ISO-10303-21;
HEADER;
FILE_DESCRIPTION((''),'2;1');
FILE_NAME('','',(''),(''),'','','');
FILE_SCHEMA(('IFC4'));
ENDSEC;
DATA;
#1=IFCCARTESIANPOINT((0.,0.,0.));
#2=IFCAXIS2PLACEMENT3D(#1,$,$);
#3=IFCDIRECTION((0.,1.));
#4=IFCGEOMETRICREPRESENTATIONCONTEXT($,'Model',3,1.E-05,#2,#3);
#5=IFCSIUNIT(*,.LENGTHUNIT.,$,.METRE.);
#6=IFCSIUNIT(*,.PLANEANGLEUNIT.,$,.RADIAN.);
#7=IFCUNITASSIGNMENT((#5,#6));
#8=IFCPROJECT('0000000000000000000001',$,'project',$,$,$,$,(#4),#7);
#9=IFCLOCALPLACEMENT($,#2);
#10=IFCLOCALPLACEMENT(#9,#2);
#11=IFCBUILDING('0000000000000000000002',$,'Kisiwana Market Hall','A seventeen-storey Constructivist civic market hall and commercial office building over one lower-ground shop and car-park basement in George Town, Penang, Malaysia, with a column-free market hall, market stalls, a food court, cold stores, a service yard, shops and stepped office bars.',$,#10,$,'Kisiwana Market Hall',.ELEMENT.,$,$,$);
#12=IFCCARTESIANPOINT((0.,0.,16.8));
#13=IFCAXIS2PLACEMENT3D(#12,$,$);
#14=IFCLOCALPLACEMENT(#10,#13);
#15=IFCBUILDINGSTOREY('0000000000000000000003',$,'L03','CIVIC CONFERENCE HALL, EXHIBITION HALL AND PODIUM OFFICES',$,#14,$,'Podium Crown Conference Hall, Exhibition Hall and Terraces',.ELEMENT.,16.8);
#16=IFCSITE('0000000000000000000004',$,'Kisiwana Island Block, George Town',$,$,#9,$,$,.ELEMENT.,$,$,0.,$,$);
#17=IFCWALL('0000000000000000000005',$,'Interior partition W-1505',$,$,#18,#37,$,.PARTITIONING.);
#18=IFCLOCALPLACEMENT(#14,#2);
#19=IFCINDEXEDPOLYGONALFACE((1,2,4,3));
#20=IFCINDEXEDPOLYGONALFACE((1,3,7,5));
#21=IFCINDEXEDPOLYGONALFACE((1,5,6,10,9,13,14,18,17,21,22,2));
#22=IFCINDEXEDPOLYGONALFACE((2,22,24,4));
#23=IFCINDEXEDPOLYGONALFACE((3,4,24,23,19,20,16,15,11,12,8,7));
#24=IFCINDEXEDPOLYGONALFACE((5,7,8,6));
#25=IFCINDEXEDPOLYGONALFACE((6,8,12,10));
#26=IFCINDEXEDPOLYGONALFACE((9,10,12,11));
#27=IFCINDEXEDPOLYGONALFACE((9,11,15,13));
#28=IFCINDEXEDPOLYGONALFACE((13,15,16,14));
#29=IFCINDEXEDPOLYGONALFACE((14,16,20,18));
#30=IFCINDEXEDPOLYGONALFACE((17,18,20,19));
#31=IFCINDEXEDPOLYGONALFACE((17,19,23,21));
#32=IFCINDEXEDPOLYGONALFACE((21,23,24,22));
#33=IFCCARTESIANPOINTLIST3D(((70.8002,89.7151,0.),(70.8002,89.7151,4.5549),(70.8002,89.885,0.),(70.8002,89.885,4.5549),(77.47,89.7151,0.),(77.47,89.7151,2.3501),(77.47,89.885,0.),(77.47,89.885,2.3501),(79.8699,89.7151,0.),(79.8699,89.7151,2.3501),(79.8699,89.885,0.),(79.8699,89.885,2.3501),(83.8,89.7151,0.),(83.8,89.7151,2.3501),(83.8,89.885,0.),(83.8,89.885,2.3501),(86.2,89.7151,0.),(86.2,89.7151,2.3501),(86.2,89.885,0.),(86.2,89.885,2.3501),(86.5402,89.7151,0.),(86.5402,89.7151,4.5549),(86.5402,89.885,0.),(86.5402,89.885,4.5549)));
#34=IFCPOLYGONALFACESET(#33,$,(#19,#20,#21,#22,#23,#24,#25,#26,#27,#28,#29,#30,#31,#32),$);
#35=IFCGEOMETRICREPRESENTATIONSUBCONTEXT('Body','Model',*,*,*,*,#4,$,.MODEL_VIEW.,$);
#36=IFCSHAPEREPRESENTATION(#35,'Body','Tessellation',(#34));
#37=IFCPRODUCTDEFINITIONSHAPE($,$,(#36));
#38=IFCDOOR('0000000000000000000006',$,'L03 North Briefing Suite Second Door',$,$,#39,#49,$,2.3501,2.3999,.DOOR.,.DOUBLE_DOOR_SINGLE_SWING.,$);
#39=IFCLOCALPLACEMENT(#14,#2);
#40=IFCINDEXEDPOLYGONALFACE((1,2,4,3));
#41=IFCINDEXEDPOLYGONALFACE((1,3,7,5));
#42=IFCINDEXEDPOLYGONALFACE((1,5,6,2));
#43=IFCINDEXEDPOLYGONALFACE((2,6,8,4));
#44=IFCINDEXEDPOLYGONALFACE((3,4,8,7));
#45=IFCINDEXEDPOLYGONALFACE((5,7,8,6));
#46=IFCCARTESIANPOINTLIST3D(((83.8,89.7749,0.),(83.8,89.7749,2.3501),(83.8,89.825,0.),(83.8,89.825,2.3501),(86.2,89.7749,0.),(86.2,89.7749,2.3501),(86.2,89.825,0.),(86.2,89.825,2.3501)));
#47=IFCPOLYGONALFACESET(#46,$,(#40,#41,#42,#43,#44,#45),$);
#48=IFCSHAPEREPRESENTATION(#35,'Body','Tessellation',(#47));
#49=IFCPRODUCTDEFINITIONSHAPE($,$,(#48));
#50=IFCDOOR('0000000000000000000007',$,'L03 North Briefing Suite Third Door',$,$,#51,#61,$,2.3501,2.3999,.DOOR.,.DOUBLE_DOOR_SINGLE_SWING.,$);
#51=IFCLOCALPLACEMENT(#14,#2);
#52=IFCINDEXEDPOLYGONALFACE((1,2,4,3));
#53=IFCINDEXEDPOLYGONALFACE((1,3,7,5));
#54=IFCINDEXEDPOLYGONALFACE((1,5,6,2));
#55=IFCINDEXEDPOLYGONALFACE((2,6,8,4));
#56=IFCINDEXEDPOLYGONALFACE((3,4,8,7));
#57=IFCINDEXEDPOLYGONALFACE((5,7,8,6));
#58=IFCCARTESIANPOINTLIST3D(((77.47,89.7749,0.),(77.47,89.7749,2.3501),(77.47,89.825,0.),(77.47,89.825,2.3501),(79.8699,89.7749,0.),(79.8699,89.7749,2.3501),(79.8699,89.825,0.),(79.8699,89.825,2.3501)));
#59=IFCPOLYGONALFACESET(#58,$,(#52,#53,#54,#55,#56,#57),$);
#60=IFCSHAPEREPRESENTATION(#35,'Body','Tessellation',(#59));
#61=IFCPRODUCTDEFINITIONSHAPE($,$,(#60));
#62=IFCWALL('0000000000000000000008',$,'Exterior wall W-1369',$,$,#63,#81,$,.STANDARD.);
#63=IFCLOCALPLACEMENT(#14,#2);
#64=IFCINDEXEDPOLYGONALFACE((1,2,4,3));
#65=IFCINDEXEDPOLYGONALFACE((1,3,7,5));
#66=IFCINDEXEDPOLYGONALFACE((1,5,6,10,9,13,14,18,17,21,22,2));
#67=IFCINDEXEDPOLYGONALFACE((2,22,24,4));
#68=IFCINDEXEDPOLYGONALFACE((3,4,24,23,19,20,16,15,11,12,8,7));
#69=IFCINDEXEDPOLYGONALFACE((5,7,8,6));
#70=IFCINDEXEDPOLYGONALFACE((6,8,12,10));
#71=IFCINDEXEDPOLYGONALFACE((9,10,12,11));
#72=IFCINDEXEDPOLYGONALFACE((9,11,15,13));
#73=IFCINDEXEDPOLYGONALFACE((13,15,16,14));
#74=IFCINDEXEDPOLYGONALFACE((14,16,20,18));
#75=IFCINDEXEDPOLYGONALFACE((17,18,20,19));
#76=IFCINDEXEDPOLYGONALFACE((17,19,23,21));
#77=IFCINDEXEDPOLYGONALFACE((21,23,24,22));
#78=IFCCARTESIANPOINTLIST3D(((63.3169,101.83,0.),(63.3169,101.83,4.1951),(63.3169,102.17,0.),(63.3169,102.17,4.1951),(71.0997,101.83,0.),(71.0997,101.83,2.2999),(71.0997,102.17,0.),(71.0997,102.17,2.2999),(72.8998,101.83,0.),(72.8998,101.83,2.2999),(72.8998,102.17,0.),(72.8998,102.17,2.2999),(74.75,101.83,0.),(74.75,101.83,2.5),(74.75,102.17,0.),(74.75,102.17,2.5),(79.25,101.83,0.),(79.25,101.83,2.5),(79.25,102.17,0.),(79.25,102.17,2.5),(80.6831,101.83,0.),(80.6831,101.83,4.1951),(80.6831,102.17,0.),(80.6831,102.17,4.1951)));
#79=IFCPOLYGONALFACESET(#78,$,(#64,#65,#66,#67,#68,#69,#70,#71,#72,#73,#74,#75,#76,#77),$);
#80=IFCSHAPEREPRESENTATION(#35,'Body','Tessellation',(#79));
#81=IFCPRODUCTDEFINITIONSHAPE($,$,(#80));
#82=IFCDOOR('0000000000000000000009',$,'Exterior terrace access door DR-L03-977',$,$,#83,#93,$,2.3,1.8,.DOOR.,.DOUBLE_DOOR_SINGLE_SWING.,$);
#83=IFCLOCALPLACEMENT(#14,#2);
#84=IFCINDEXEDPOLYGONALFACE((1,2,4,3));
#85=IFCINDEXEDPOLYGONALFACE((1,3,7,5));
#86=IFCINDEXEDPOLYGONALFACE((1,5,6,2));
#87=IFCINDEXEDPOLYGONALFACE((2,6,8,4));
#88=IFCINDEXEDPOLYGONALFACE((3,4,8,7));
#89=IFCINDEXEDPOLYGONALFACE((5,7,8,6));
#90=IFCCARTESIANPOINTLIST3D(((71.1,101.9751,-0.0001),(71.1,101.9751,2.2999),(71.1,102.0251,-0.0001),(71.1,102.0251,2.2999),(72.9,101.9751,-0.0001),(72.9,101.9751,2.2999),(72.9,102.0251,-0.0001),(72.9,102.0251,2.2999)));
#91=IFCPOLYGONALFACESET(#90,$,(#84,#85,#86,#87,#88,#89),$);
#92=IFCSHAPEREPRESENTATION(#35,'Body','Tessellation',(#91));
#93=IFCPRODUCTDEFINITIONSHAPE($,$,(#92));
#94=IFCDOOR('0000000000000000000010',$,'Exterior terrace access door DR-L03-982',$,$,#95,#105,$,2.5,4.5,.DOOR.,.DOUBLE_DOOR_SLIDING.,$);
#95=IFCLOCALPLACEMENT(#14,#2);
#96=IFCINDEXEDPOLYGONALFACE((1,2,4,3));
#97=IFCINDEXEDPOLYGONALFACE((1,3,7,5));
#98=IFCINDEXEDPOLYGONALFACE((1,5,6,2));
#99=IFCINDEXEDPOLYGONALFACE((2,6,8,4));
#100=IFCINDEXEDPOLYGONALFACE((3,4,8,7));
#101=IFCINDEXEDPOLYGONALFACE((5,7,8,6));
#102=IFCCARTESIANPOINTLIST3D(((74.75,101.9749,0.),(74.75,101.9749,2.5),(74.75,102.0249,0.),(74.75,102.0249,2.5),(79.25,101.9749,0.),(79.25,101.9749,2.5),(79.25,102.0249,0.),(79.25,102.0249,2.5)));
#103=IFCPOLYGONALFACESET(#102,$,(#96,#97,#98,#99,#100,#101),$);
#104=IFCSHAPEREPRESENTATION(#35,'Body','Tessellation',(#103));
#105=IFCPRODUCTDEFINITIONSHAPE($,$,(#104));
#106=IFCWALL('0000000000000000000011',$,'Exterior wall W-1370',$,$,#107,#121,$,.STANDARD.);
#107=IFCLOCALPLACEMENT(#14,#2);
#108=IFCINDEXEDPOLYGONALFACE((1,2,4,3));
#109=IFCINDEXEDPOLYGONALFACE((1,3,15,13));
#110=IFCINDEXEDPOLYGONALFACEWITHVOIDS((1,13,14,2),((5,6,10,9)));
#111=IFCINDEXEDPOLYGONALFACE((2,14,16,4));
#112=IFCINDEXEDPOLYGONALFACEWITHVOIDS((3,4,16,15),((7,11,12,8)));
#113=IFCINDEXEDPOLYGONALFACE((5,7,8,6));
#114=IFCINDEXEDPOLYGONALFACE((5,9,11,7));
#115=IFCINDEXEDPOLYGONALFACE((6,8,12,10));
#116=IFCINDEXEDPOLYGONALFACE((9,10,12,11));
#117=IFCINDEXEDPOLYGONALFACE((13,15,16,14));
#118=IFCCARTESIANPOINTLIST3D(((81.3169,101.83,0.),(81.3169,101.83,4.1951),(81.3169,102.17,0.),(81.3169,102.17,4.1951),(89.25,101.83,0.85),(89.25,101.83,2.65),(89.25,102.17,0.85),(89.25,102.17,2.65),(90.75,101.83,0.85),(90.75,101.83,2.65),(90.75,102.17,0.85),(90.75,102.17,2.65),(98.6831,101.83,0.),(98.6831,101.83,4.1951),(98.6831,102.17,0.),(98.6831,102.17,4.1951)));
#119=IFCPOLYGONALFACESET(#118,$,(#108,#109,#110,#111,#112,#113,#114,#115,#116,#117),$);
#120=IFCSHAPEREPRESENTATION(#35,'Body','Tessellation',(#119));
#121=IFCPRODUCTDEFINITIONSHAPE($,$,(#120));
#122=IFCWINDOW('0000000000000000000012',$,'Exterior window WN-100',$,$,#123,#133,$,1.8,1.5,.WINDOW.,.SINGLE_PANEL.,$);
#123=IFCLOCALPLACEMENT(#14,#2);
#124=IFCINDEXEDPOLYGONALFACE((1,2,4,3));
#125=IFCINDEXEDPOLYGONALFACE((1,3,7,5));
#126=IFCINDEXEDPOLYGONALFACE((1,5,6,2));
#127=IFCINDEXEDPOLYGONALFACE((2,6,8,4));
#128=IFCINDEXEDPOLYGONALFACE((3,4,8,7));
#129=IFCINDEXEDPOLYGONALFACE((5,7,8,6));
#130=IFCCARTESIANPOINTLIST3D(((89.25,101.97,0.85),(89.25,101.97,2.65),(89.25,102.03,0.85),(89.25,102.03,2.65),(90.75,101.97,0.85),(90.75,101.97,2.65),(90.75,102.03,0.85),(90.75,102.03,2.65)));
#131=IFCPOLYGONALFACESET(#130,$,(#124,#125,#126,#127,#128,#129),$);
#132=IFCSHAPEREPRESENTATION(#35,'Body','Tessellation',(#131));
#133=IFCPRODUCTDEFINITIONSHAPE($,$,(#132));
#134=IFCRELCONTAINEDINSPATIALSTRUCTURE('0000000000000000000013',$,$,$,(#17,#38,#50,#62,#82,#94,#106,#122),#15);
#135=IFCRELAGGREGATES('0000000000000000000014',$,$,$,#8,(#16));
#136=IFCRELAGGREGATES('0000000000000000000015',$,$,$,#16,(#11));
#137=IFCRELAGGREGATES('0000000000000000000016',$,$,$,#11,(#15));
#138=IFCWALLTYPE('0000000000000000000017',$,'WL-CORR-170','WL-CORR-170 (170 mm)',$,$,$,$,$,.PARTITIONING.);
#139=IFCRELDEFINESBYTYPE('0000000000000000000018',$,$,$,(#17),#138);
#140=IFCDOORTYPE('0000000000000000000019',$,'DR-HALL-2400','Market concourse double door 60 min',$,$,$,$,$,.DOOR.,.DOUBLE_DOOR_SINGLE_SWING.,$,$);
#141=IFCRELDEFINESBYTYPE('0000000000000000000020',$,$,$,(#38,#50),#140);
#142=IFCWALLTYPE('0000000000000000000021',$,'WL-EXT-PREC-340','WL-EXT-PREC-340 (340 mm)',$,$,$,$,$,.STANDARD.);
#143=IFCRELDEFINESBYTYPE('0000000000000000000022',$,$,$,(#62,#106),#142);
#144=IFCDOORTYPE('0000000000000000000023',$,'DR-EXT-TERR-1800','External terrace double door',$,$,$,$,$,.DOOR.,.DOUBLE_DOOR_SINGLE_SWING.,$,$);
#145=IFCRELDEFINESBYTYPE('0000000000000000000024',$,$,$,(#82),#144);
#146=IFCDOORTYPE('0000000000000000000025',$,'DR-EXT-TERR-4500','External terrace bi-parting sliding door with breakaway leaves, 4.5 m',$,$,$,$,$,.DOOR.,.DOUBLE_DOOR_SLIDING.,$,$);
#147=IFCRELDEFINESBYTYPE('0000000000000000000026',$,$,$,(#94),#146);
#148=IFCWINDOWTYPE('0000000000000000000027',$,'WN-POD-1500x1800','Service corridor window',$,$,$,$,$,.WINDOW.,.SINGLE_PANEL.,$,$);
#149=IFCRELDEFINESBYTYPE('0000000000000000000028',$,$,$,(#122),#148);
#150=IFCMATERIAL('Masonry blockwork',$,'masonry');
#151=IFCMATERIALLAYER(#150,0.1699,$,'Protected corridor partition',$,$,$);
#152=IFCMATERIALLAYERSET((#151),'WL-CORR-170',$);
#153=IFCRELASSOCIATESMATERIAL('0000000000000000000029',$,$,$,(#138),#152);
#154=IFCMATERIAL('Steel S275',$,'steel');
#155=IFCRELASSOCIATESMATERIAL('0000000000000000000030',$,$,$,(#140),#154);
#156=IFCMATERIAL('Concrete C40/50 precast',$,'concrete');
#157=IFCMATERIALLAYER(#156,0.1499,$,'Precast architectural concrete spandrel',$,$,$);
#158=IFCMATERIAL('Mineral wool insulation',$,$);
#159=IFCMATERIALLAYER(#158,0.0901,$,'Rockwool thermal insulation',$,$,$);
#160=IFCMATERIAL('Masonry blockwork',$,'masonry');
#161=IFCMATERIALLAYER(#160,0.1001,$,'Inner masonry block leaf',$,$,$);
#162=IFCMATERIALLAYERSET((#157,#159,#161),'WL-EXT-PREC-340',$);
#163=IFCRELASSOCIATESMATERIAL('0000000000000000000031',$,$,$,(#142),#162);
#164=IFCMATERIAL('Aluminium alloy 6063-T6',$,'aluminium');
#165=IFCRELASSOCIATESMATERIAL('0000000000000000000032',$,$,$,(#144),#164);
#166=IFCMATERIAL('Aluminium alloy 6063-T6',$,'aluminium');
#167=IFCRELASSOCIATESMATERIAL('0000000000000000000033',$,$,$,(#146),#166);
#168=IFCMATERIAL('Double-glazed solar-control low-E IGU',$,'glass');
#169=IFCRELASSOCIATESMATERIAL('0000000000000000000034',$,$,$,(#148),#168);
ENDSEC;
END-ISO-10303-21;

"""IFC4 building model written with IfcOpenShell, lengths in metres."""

from ifc_helpers import new_model, si_unit, direction, frame, frame_2d, origin, place, context, subcontext, project, spatial, rectangle, extrude, material, layer, layer_set, type_object, element, fill, save


model = new_model("IFC4")

# Units and contexts
model_context = context("Model", 3, precision=1e-05, world=origin(), true_north=direction((0.0, 1.0)))
body_context = subcontext(model_context, "Body", "Model", "MODEL_VIEW")
ifc_project = project(units=[si_unit("LENGTHUNIT", "METRE"), si_unit("PLANEANGLEUNIT", "RADIAN")], contexts=[model_context])

# Site, building, storey
site_placement = place(None, origin())
site = spatial("IfcSite", under=ifc_project, at=site_placement, Name="Kisiwana Island Block, George Town", CompositionType="ELEMENT", RefElevation=0.0)
building_placement = place(site_placement, origin())
building = spatial("IfcBuilding", under=site, at=building_placement, Name="Kisiwana Market Hall", Description="A seventeen-storey Constructivist civic market hall and commercial office building over one lower-ground shop and car-park basement in George Town, Penang, Malaysia, with a column-free market hall, market stalls, a food court, cold stores, a service yard, shops and stepped office bars.", LongName="Kisiwana Market Hall", CompositionType="ELEMENT")
storey_placement = place(building_placement, frame((0.0, 0.0, 16.8)))
storey = spatial("IfcBuildingStorey", under=building, at=storey_placement, Name="L03", Description="CIVIC CONFERENCE HALL, EXHIBITION HALL AND PODIUM OFFICES", LongName="Podium Crown Conference Hall, Exhibition Hall and Terraces", CompositionType="ELEMENT", Elevation=16.8)

# Walls, openings, doors
ifc_material_1 = material(Name="Masonry blockwork", Category="masonry")
ifc_layer_1 = layer(ifc_material_1, 0.1699, Name="Protected corridor partition")
ifc_layer_set_1 = layer_set([ifc_layer_1], Name="WL-CORR-170")
wall_type_1 = type_object("IfcWallType", Name="WL-CORR-170", Description="WL-CORR-170 (170 mm)", PredefinedType="PARTITIONING", material=ifc_layer_set_1)
wall_1_placement = place(storey_placement, frame((70.8, 89.8, 0.0), z_axis=(0.0, 0.0, 1.0), x_axis=(1.0, 0.0, 0.0)))
wall_1 = element("IfcWall", 1, at=wall_1_placement, inside=storey, type_object=wall_type_1, Name="Interior partition W-1505", PredefinedType="PARTITIONING", context=body_context, shape_type="SweptSolid", body=[
    extrude(rectangle(XDim=15.74, YDim=0.1699, at=frame_2d((7.8701, 0.0))), origin(), (0.0, 0.0, 1.0), 4.5549),
])
opening_1_placement = place(wall_1_placement, frame((13.0, 0.0, 0.0)))
opening_1 = element("IfcOpeningElement", 2, at=opening_1_placement, cuts=wall_1, PredefinedType="OPENING", context=body_context, shape_type="SweptSolid", body=[
    extrude(rectangle(XDim=2.3999, YDim=2.3501, at=frame_2d((1.2, 1.175))), frame((0.0, 0.0969, 0.0), z_axis=(0.0, -1.0, 0.0), x_axis=(1.0, 0.0, 0.0)), (0.0, 0.0, 1.0), 0.1938),
])
opening_2_placement = place(wall_1_placement, frame((6.6699, 0.0, 0.0)))
opening_2 = element("IfcOpeningElement", 3, at=opening_2_placement, cuts=wall_1, PredefinedType="OPENING", context=body_context, shape_type="SweptSolid", body=[
    extrude(rectangle(XDim=2.3999, YDim=2.3501, at=frame_2d((1.2, 1.175))), frame((0.0, 0.0969, 0.0), z_axis=(0.0, -1.0, 0.0), x_axis=(1.0, 0.0, 0.0)), (0.0, 0.0, 1.0), 0.1938),
])
ifc_material_2 = material(Name="Steel S275", Category="steel")
door_type_1 = type_object("IfcDoorType", Name="DR-HALL-2400", Description="Market concourse double door 60 min", OperationType="DOUBLE_DOOR_SINGLE_SWING", PredefinedType="DOOR", material=ifc_material_2)
door_1_placement = place(opening_1_placement, origin())
door_1 = element("IfcDoor", 4, at=door_1_placement, inside=storey, type_object=door_type_1, Name="L03 North Briefing Suite Second Door", OperationType="DOUBLE_DOOR_SINGLE_SWING", OverallHeight=2.3501, OverallWidth=2.3999, PredefinedType="DOOR", context=body_context, shape_type="SweptSolid", body=[
    extrude(rectangle(XDim=2.3999, YDim=2.3501, at=frame_2d((1.2, 1.175))), frame((0.0, 0.0249, 0.0), z_axis=(0.0, -1.0, 0.0), x_axis=(1.0, 0.0, 0.0)), (0.0, 0.0, 1.0), 0.05),
])
fill(opening_1, door_1)
door_2_placement = place(opening_2_placement, origin())
door_2 = element("IfcDoor", 5, at=door_2_placement, inside=storey, type_object=door_type_1, Name="L03 North Briefing Suite Third Door", OperationType="DOUBLE_DOOR_SINGLE_SWING", OverallHeight=2.3501, OverallWidth=2.3999, PredefinedType="DOOR", context=body_context, shape_type="SweptSolid", body=[
    extrude(rectangle(XDim=2.3999, YDim=2.3501, at=frame_2d((1.2, 1.175))), frame((0.0, 0.0249, 0.0), z_axis=(0.0, -1.0, 0.0), x_axis=(1.0, 0.0, 0.0)), (0.0, 0.0, 1.0), 0.05),
])
fill(opening_2, door_2)
ifc_material_3 = material(Name="Concrete C40/50 precast", Category="concrete")
ifc_layer_2 = layer(ifc_material_3, 0.1499, Name="Precast architectural concrete spandrel")
ifc_material_4 = material(Name="Mineral wool insulation")
ifc_layer_3 = layer(ifc_material_4, 0.0901, Name="Rockwool thermal insulation")
ifc_material_5 = material(Name="Masonry blockwork", Category="masonry")
ifc_layer_4 = layer(ifc_material_5, 0.1001, Name="Inner masonry block leaf")
ifc_layer_set_2 = layer_set([ifc_layer_2, ifc_layer_3, ifc_layer_4], Name="WL-EXT-PREC-340")
wall_type_2 = type_object("IfcWallType", Name="WL-EXT-PREC-340", Description="WL-EXT-PREC-340 (340 mm)", PredefinedType="STANDARD", material=ifc_layer_set_2)
wall_2_placement = place(storey_placement, frame((63.3169, 102.0, 0.0), z_axis=(0.0, 0.0, 1.0), x_axis=(1.0, 0.0, 0.0)))
wall_2 = element("IfcWall", 6, at=wall_2_placement, inside=storey, type_object=wall_type_2, Name="Exterior wall W-1369", PredefinedType="STANDARD", context=body_context, shape_type="SweptSolid", body=[
    extrude(rectangle(XDim=17.3662, YDim=0.3401, at=frame_2d((8.6831, 0.0))), origin(), (0.0, 0.0, 1.0), 4.1951),
])
opening_3_placement = place(wall_2_placement, frame((7.783, 0.0, 0.0)))
opening_3 = element("IfcOpeningElement", 7, at=opening_3_placement, cuts=wall_2, PredefinedType="OPENING", context=body_context, shape_type="SweptSolid", body=[
    extrude(rectangle(XDim=1.8, YDim=2.3, at=frame_2d((0.8999, 1.1499))), frame((0.0, 0.1821, 0.0), z_axis=(0.0, -1.0, 0.0), x_axis=(1.0, 0.0, 0.0)), (0.0, 0.0, 1.0), 0.364),
])
opening_4_placement = place(wall_2_placement, frame((11.4331, 0.0, 0.0)))
opening_4 = element("IfcOpeningElement", 8, at=opening_4_placement, cuts=wall_2, PredefinedType="OPENING", context=body_context, shape_type="SweptSolid", body=[
    extrude(rectangle(XDim=4.5, YDim=2.5, at=frame_2d((2.25, 1.25))), frame((0.0, 0.1821, 0.0), z_axis=(0.0, -1.0, 0.0), x_axis=(1.0, 0.0, 0.0)), (0.0, 0.0, 1.0), 0.364),
])
ifc_material_6 = material(Name="Aluminium alloy 6063-T6", Category="aluminium")
door_type_2 = type_object("IfcDoorType", Name="DR-EXT-TERR-1800", Description="External terrace double door", OperationType="DOUBLE_DOOR_SINGLE_SWING", PredefinedType="DOOR", material=ifc_material_6)
door_3_placement = place(opening_3_placement, frame((1.8, 0.0, 0.0), z_axis=(0.0, 0.0, 1.0), x_axis=(-1.0, 0.0, 0.0)))
door_3 = element("IfcDoor", 9, at=door_3_placement, inside=storey, type_object=door_type_2, Name="Exterior terrace access door DR-L03-977", OperationType="DOUBLE_DOOR_SINGLE_SWING", OverallHeight=2.3, OverallWidth=1.8, PredefinedType="DOOR", context=body_context, shape_type="SweptSolid", body=[
    extrude(rectangle(XDim=1.8, YDim=2.3, at=frame_2d((0.8999, 1.1499))), frame((0.0, 0.0249, 0.0), z_axis=(0.0, -1.0, 0.0), x_axis=(1.0, 0.0, 0.0)), (0.0, 0.0, 1.0), 0.05),
])
fill(opening_3, door_3)
ifc_material_7 = material(Name="Aluminium alloy 6063-T6", Category="aluminium")
door_type_3 = type_object("IfcDoorType", Name="DR-EXT-TERR-4500", Description="External terrace bi-parting sliding door with breakaway leaves, 4.5 m", OperationType="DOUBLE_DOOR_SLIDING", PredefinedType="DOOR", material=ifc_material_7)
door_4_placement = place(opening_4_placement, origin())
door_4 = element("IfcDoor", 10, at=door_4_placement, inside=storey, type_object=door_type_3, Name="Exterior terrace access door DR-L03-982", OperationType="DOUBLE_DOOR_SLIDING", OverallHeight=2.5, OverallWidth=4.5, PredefinedType="DOOR", context=body_context, shape_type="SweptSolid", body=[
    extrude(rectangle(XDim=4.5, YDim=2.5, at=frame_2d((2.25, 1.25))), frame((0.0, 0.0249, 0.0), z_axis=(0.0, -1.0, 0.0), x_axis=(1.0, 0.0, 0.0)), (0.0, 0.0, 1.0), 0.05),
])
fill(opening_4, door_4)

# Wall, opening, window
wall_3_placement = place(storey_placement, frame((81.3169, 102.0, 0.0), z_axis=(0.0, 0.0, 1.0), x_axis=(1.0, 0.0, 0.0)))
wall_3 = element("IfcWall", 11, at=wall_3_placement, inside=storey, type_object=wall_type_2, Name="Exterior wall W-1370", PredefinedType="STANDARD", context=body_context, shape_type="SweptSolid", body=[
    extrude(rectangle(XDim=17.3662, YDim=0.3401, at=frame_2d((8.6831, 0.0))), origin(), (0.0, 0.0, 1.0), 4.1951),
])
opening_5_placement = place(wall_3_placement, frame((7.9331, 0.0, 0.8501)))
opening_5 = element("IfcOpeningElement", 12, at=opening_5_placement, cuts=wall_3, PredefinedType="OPENING", context=body_context, shape_type="SweptSolid", body=[
    extrude(rectangle(XDim=1.5, YDim=1.8, at=frame_2d((0.75, 0.8999))), frame((0.0, 0.1821, 0.0), z_axis=(0.0, -1.0, 0.0), x_axis=(1.0, 0.0, 0.0)), (0.0, 0.0, 1.0), 0.364),
])
ifc_material_8 = material(Name="Double-glazed solar-control low-E IGU", Category="glass")
window_type = type_object("IfcWindowType", Name="WN-POD-1500x1800", Description="Service corridor window", PartitioningType="SINGLE_PANEL", PredefinedType="WINDOW", material=ifc_material_8)
window_placement = place(opening_5_placement, origin())
window = element("IfcWindow", 13, at=window_placement, inside=storey, type_object=window_type, Name="Exterior window WN-100", OverallHeight=1.8, OverallWidth=1.5, PartitioningType="SINGLE_PANEL", PredefinedType="WINDOW", context=body_context, shape_type="SweptSolid", body=[
    extrude(rectangle(XDim=1.5, YDim=1.8, at=frame_2d((0.75, 0.8999))), frame((0.0, 0.03, 0.0), z_axis=(0.0, -1.0, 0.0), x_axis=(1.0, 0.0, 0.0)), (0.0, 0.0, 1.0), 0.0601),
])
fill(opening_5, window)

save(model, "model.ifc")
